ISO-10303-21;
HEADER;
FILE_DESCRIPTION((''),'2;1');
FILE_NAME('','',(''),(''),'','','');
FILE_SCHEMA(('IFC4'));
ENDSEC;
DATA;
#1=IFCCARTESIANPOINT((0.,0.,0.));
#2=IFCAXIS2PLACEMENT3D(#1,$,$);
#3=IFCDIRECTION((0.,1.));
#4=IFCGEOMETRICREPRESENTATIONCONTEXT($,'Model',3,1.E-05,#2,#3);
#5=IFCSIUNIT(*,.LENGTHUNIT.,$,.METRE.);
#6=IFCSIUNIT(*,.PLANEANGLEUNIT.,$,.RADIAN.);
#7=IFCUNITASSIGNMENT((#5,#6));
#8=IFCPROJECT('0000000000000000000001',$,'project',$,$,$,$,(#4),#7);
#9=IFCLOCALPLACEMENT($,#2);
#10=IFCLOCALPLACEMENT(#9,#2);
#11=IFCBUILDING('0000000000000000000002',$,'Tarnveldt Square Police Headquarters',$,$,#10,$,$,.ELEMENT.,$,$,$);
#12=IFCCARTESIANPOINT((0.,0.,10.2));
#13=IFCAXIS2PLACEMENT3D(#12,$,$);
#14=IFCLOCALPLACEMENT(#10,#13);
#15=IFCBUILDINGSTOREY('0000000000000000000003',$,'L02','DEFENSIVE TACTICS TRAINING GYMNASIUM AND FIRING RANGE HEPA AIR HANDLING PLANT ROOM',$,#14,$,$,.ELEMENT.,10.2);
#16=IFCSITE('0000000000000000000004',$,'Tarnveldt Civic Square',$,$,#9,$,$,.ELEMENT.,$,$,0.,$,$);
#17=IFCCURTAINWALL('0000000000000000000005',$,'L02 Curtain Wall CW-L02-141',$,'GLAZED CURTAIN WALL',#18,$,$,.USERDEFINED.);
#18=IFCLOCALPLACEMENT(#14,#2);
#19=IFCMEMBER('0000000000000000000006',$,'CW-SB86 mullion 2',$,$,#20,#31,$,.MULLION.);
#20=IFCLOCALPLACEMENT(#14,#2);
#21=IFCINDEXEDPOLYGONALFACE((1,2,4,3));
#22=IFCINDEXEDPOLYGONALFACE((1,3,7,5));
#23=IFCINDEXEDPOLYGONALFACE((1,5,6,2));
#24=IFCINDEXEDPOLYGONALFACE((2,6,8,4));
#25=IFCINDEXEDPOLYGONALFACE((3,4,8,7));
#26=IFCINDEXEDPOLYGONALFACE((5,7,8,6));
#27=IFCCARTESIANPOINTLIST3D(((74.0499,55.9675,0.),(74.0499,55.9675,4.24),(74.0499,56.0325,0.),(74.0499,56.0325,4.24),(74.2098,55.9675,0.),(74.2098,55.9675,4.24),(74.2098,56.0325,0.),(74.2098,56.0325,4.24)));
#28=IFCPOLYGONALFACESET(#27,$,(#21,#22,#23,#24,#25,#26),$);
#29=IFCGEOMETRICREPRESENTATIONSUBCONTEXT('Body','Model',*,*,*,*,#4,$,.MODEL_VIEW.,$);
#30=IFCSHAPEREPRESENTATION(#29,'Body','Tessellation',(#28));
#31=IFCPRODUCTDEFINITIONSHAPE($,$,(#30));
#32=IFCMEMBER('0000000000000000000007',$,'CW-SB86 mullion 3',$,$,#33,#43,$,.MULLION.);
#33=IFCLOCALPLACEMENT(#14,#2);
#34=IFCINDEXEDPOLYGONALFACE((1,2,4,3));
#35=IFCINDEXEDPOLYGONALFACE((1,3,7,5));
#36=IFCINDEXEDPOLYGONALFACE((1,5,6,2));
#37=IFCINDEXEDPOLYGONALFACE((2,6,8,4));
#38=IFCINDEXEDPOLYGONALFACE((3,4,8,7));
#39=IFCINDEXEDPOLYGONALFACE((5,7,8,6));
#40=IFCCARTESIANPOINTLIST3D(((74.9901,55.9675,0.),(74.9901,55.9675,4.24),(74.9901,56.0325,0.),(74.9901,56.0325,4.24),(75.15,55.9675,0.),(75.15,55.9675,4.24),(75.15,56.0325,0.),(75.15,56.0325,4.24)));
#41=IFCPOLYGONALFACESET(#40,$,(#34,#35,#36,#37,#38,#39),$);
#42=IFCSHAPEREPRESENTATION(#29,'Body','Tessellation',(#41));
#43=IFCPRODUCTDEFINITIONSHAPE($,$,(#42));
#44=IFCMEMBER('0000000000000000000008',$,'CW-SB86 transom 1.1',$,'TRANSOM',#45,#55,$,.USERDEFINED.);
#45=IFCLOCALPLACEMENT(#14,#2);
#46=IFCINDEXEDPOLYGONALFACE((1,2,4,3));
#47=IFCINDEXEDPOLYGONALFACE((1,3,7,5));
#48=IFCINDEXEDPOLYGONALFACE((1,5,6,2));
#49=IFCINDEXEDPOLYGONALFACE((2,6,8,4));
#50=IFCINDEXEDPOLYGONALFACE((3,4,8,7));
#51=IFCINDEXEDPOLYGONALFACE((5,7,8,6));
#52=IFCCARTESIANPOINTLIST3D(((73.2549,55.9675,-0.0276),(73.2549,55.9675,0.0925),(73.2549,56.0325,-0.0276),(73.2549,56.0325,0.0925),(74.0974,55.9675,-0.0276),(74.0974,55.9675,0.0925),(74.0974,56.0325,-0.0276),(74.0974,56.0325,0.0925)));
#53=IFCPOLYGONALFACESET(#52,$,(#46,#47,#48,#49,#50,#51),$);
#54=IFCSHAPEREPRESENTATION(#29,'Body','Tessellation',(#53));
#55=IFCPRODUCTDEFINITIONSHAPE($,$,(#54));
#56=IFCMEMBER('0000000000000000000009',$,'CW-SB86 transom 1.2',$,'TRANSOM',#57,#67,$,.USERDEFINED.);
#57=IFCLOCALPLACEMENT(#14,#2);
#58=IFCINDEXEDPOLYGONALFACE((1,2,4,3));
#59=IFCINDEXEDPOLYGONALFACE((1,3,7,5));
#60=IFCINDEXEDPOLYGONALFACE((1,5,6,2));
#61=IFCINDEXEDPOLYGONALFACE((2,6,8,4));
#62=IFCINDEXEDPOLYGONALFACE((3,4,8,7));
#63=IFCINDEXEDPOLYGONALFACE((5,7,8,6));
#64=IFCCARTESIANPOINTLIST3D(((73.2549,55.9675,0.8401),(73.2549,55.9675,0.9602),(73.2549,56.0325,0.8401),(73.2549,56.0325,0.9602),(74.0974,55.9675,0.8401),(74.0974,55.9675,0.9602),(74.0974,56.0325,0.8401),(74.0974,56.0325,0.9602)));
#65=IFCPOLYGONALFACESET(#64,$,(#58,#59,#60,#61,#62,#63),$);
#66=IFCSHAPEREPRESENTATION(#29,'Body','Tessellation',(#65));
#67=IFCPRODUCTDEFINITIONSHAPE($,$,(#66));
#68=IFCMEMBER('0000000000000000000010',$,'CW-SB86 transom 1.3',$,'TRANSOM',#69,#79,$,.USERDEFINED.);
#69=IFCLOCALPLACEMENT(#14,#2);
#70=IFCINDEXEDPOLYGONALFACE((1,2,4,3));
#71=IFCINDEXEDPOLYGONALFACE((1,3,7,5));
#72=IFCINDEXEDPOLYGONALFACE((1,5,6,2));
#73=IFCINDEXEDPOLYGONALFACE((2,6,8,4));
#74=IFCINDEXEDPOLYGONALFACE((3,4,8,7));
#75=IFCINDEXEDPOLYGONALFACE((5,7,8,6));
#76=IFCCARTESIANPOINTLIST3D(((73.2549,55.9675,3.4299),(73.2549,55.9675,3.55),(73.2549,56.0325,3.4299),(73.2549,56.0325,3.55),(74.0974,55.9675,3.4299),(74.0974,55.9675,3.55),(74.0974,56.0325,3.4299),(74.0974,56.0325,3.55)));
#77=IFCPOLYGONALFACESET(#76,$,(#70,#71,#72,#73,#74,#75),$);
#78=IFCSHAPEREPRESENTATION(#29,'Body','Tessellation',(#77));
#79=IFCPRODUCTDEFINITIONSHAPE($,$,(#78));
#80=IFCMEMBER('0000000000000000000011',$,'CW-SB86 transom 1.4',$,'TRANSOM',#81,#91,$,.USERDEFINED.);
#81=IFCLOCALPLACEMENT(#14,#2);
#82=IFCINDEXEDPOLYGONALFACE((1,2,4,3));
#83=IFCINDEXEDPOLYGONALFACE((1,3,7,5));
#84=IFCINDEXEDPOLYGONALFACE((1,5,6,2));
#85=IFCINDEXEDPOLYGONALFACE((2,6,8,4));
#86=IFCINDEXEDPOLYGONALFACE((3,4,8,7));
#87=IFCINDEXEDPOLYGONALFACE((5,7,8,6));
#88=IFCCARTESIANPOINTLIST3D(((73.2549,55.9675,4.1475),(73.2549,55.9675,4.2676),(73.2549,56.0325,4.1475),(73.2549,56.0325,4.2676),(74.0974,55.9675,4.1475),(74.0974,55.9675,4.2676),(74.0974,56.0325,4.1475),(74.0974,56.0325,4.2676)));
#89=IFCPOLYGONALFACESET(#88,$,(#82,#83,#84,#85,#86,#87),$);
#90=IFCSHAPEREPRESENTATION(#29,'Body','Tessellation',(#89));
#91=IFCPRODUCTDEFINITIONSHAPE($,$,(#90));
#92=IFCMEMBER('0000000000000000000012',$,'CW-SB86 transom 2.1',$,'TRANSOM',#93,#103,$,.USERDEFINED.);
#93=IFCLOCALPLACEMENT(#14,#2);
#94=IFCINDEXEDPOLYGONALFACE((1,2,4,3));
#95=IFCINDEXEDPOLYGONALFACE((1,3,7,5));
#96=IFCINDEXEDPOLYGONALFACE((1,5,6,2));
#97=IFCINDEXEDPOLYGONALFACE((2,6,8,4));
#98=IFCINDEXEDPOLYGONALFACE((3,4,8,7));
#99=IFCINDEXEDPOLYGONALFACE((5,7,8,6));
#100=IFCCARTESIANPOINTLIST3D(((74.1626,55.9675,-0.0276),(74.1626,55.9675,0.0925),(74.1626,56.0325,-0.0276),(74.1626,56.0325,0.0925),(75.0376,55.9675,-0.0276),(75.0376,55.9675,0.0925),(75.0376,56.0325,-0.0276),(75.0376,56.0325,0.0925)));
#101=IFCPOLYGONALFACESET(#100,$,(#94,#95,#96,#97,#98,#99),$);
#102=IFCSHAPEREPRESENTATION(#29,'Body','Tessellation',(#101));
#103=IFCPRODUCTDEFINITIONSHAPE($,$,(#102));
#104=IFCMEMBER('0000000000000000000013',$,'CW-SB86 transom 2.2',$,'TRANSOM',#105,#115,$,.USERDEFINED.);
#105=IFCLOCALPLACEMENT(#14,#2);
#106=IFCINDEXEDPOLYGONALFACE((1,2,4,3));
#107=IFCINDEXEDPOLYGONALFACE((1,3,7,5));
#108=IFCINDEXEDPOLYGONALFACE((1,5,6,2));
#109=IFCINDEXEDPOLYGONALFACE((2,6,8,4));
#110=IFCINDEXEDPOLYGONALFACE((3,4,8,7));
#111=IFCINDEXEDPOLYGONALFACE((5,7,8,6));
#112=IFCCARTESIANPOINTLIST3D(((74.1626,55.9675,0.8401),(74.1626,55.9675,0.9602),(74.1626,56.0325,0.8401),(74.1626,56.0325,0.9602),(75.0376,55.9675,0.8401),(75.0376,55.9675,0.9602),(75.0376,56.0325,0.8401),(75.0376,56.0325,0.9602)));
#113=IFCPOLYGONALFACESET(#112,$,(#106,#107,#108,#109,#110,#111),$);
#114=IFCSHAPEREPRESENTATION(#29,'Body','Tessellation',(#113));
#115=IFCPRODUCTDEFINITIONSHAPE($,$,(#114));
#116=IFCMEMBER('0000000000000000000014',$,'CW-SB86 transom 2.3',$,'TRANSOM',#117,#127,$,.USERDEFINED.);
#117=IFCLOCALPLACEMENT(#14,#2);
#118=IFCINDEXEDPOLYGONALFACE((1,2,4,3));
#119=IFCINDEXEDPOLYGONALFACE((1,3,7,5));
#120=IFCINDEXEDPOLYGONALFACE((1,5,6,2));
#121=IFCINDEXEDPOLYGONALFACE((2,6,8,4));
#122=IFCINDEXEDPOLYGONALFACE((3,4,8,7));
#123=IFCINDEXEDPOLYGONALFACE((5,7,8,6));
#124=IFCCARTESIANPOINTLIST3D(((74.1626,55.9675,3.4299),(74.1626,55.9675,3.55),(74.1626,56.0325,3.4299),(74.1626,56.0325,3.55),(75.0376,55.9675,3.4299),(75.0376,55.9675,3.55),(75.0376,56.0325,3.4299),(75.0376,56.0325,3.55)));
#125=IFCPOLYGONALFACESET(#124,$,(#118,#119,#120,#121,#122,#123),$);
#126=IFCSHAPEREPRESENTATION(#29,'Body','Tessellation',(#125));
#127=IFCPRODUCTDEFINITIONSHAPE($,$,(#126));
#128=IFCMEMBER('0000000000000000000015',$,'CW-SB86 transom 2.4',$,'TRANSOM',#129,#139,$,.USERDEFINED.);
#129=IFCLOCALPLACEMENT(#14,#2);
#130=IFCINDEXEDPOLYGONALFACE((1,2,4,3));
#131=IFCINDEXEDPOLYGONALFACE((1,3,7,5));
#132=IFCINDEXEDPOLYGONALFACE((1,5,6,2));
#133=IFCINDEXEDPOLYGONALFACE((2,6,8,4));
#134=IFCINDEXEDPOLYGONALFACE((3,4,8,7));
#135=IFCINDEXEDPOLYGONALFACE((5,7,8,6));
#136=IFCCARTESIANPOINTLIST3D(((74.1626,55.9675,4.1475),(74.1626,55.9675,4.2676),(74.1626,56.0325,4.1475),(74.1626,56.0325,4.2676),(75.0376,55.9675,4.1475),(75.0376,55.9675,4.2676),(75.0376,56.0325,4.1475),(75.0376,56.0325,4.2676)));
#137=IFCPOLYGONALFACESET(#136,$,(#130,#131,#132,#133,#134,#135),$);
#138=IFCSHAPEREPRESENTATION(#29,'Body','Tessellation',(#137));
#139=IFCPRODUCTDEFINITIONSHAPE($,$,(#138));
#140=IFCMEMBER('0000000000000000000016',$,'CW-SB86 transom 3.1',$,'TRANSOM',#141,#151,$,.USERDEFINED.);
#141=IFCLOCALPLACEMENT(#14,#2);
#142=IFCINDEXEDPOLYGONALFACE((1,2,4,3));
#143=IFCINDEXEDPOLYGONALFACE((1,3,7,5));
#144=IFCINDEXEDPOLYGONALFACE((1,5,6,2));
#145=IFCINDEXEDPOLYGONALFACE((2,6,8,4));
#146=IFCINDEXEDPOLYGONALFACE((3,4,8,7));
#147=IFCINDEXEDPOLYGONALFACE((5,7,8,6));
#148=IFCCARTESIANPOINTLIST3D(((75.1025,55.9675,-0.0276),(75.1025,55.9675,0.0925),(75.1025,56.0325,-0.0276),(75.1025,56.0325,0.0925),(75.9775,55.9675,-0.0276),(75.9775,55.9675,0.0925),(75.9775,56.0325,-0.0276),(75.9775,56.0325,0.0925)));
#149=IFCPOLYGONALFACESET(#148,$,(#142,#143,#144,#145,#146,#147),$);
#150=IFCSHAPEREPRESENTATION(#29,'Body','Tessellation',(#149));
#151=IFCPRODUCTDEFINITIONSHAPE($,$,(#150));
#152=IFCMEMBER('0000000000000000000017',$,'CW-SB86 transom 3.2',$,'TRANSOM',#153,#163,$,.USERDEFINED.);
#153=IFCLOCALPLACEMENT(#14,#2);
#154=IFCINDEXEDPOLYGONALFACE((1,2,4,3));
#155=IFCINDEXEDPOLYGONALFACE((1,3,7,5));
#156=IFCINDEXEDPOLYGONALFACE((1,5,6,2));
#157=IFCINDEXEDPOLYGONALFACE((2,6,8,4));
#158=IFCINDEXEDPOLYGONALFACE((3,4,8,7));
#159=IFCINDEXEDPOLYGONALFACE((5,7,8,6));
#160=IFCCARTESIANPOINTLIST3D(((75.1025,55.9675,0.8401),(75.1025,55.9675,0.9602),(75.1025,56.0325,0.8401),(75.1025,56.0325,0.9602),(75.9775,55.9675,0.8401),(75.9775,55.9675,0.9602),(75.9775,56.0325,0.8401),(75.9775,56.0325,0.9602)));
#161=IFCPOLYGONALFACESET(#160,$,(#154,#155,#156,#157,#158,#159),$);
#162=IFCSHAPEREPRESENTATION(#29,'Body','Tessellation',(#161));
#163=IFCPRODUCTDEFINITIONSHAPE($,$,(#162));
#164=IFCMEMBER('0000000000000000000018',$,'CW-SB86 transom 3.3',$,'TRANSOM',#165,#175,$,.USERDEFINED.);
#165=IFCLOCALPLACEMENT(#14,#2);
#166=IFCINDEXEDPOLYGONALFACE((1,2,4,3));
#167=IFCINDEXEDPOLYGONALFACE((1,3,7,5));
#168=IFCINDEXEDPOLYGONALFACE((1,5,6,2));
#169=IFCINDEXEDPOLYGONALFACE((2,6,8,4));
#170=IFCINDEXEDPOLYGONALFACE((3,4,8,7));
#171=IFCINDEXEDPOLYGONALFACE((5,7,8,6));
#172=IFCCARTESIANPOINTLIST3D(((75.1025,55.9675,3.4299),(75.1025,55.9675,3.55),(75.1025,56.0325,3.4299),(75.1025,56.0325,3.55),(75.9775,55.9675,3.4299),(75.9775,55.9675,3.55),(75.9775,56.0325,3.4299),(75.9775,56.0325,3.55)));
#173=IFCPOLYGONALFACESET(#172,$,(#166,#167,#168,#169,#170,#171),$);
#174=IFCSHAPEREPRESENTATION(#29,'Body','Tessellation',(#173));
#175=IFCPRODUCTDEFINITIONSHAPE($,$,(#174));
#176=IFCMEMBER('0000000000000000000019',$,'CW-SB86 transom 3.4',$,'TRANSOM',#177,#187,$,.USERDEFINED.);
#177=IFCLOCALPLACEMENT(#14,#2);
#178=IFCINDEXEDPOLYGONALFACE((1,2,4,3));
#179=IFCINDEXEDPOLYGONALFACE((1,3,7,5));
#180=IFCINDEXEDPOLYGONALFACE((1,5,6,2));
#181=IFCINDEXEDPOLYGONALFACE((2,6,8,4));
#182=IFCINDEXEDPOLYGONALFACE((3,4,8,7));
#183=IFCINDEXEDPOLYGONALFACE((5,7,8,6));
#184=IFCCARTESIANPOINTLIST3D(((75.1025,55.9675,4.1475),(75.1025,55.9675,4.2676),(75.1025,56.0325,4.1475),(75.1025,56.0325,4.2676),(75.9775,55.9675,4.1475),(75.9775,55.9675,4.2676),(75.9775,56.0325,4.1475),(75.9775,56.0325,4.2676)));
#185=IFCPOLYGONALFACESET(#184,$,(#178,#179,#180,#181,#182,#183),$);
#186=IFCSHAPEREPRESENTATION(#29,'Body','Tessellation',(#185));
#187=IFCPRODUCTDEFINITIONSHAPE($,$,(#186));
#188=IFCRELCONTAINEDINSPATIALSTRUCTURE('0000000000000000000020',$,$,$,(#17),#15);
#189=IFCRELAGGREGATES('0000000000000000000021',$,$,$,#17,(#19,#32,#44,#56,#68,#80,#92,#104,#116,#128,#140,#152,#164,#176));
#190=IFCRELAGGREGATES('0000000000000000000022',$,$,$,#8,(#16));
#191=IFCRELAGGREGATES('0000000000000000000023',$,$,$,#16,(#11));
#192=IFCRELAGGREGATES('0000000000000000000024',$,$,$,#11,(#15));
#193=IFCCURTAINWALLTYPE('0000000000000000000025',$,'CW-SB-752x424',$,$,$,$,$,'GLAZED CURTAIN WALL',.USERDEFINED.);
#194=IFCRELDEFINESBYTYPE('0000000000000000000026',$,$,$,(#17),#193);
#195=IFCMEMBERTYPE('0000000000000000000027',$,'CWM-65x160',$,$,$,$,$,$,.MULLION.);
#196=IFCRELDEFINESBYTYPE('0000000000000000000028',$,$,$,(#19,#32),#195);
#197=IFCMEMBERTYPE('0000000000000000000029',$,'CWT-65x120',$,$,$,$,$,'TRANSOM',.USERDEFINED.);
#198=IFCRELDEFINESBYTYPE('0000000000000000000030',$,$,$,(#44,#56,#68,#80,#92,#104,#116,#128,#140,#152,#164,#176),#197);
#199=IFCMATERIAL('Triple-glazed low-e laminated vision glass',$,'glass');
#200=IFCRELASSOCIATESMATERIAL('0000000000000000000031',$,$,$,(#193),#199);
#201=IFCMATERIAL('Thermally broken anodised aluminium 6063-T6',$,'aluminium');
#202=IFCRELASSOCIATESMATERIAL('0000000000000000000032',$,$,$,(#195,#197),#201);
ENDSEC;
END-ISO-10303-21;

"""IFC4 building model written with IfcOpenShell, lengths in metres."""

from ifc_helpers import new_model, si_unit, direction, frame, origin, origin_2d, place, context, subcontext, project, spatial, rectangle, extrude, material, material_profile, profile_set, type_object, element, aggregate, save


model = new_model("IFC4")

# Units and contexts
model_context = context("Model", 3, precision=1e-05, world=origin(), true_north=direction((0.0, 1.0)))
body_context = subcontext(model_context, "Body", "Model", "MODEL_VIEW")
ifc_project = project(units=[si_unit("LENGTHUNIT", "METRE"), si_unit("PLANEANGLEUNIT", "RADIAN")], contexts=[model_context])

# Site, building, storey
site_placement = place(None, origin())
site = spatial("IfcSite", under=ifc_project, at=site_placement, Name="Tarnveldt Civic Square", CompositionType="ELEMENT", RefElevation=0.0)
building_placement = place(site_placement, origin())
building = spatial("IfcBuilding", under=site, at=building_placement, Name="Tarnveldt Square Police Headquarters", CompositionType="ELEMENT")
storey_placement = place(building_placement, frame((0.0, 0.0, 10.2)))
storey = spatial("IfcBuildingStorey", under=building, at=storey_placement, Name="L02", Description="DEFENSIVE TACTICS TRAINING GYMNASIUM AND FIRING RANGE HEPA AIR HANDLING PLANT ROOM", CompositionType="ELEMENT", Elevation=10.2)

# Curtain wall, members
ifc_material_1 = material(Name="Triple-glazed low-e laminated vision glass", Category="glass")
curtain_wall_type = type_object("IfcCurtainWallType", Name="CW-SB-752x424", ElementType="GLAZED CURTAIN WALL", PredefinedType="USERDEFINED", material=ifc_material_1)
curtain_wall_placement = place(storey_placement, origin())
curtain_wall = element("IfcCurtainWall", 1, at=curtain_wall_placement, inside=storey, type_object=curtain_wall_type, Name="L02 Curtain Wall CW-L02-141", ObjectType="GLAZED CURTAIN WALL", PredefinedType="USERDEFINED")
ifc_material_2 = material(Name="Thermally broken anodised aluminium 6063-T6", Category="aluminium")
ifc_material_profile_1 = material_profile(ifc_material_2, rectangle(XDim=0.0649, YDim=0.1599, at=origin_2d()), Name="CW-M65x160")
ifc_profile_set_1 = profile_set([ifc_material_profile_1], Name="Thermally broken anodised aluminium 6063-T6")
member_type_1 = type_object("IfcMemberType", Name="CWM-65x160", PredefinedType="MULLION", material=ifc_profile_set_1)
member_1_placement = place(storey_placement, frame((74.1299, 56.0, 0.0), z_axis=(0.0, 0.0, 1.0), x_axis=(0.0, 1.0, 0.0)))
member_1 = element("IfcMember", 2, at=member_1_placement, type_object=member_type_1, Name="CW-SB86 mullion 2", PredefinedType="MULLION", context=body_context, shape_type="SweptSolid", body=[
    extrude(rectangle(XDim=0.0649, YDim=0.1599, at=origin_2d()), origin(), (0.0, 0.0, 1.0), 4.24),
])
member_2_placement = place(storey_placement, frame((75.0701, 56.0, 0.0), z_axis=(0.0, 0.0, 1.0), x_axis=(0.0, 1.0, 0.0)))
member_2 = element("IfcMember", 3, at=member_2_placement, type_object=member_type_1, Name="CW-SB86 mullion 3", PredefinedType="MULLION", context=body_context, shape_type="SweptSolid", body=[
    extrude(rectangle(XDim=0.0649, YDim=0.1599, at=origin_2d()), origin(), (0.0, 0.0, 1.0), 4.24),
])
ifc_material_profile_2 = material_profile(ifc_material_2, rectangle(XDim=0.0649, YDim=0.1201, at=origin_2d()), Name="CW-T65x120")
ifc_profile_set_2 = profile_set([ifc_material_profile_2], Name="Thermally broken anodised aluminium 6063-T6")
member_type_2 = type_object("IfcMemberType", Name="CWT-65x120", ElementType="TRANSOM", PredefinedType="USERDEFINED", material=ifc_profile_set_2)
member_3_placement = place(storey_placement, frame((73.2549, 56.0, 0.0325), z_axis=(1.0, 0.0, 0.0), x_axis=(0.0, 1.0, 0.0)))
member_3 = element("IfcMember", 4, at=member_3_placement, type_object=member_type_2, Name="CW-SB86 transom 1.1", ObjectType="TRANSOM", PredefinedType="USERDEFINED", context=body_context, shape_type="SweptSolid", body=[
    extrude(rectangle(XDim=0.0649, YDim=0.1201, at=origin_2d()), origin(), (0.0, 0.0, 1.0), 0.8425),
])
member_4_placement = place(storey_placement, frame((73.2549, 56.0, 0.9001), z_axis=(1.0, 0.0, 0.0), x_axis=(0.0, 1.0, 0.0)))
member_4 = element("IfcMember", 5, at=member_4_placement, type_object=member_type_2, Name="CW-SB86 transom 1.2", ObjectType="TRANSOM", PredefinedType="USERDEFINED", context=body_context, shape_type="SweptSolid", body=[
    extrude(rectangle(XDim=0.0649, YDim=0.1201, at=origin_2d()), origin(), (0.0, 0.0, 1.0), 0.8425),
])
member_5_placement = place(storey_placement, frame((73.2549, 56.0, 3.49), z_axis=(1.0, 0.0, 0.0), x_axis=(0.0, 1.0, 0.0)))
member_5 = element("IfcMember", 6, at=member_5_placement, type_object=member_type_2, Name="CW-SB86 transom 1.3", ObjectType="TRANSOM", PredefinedType="USERDEFINED", context=body_context, shape_type="SweptSolid", body=[
    extrude(rectangle(XDim=0.0649, YDim=0.1201, at=origin_2d()), origin(), (0.0, 0.0, 1.0), 0.8425),
])
member_6_placement = place(storey_placement, frame((73.2549, 56.0, 4.2075), z_axis=(1.0, 0.0, 0.0), x_axis=(0.0, 1.0, 0.0)))
member_6 = element("IfcMember", 7, at=member_6_placement, type_object=member_type_2, Name="CW-SB86 transom 1.4", ObjectType="TRANSOM", PredefinedType="USERDEFINED", context=body_context, shape_type="SweptSolid", body=[
    extrude(rectangle(XDim=0.0649, YDim=0.1201, at=origin_2d()), origin(), (0.0, 0.0, 1.0), 0.8425),
])
member_7_placement = place(storey_placement, frame((74.1626, 56.0, 0.0325), z_axis=(1.0, 0.0, 0.0), x_axis=(0.0, 1.0, 0.0)))
member_7 = element("IfcMember", 8, at=member_7_placement, type_object=member_type_2, Name="CW-SB86 transom 2.1", ObjectType="TRANSOM", PredefinedType="USERDEFINED", context=body_context, shape_type="SweptSolid", body=[
    extrude(rectangle(XDim=0.0649, YDim=0.1201, at=origin_2d()), origin(), (0.0, 0.0, 1.0), 0.875),
])
member_8_placement = place(storey_placement, frame((74.1626, 56.0, 0.9001), z_axis=(1.0, 0.0, 0.0), x_axis=(0.0, 1.0, 0.0)))
member_8 = element("IfcMember", 9, at=member_8_placement, type_object=member_type_2, Name="CW-SB86 transom 2.2", ObjectType="TRANSOM", PredefinedType="USERDEFINED", context=body_context, shape_type="SweptSolid", body=[
    extrude(rectangle(XDim=0.0649, YDim=0.1201, at=origin_2d()), origin(), (0.0, 0.0, 1.0), 0.875),
])
member_9_placement = place(storey_placement, frame((74.1626, 56.0, 3.49), z_axis=(1.0, 0.0, 0.0), x_axis=(0.0, 1.0, 0.0)))
member_9 = element("IfcMember", 10, at=member_9_placement, type_object=member_type_2, Name="CW-SB86 transom 2.3", ObjectType="TRANSOM", PredefinedType="USERDEFINED", context=body_context, shape_type="SweptSolid", body=[
    extrude(rectangle(XDim=0.0649, YDim=0.1201, at=origin_2d()), origin(), (0.0, 0.0, 1.0), 0.875),
])
member_10_placement = place(storey_placement, frame((74.1626, 56.0, 4.2075), z_axis=(1.0, 0.0, 0.0), x_axis=(0.0, 1.0, 0.0)))
member_10 = element("IfcMember", 11, at=member_10_placement, type_object=member_type_2, Name="CW-SB86 transom 2.4", ObjectType="TRANSOM", PredefinedType="USERDEFINED", context=body_context, shape_type="SweptSolid", body=[
    extrude(rectangle(XDim=0.0649, YDim=0.1201, at=origin_2d()), origin(), (0.0, 0.0, 1.0), 0.875),
])
member_11_placement = place(storey_placement, frame((75.1025, 56.0, 0.0325), z_axis=(1.0, 0.0, 0.0), x_axis=(0.0, 1.0, 0.0)))
member_11 = element("IfcMember", 12, at=member_11_placement, type_object=member_type_2, Name="CW-SB86 transom 3.1", ObjectType="TRANSOM", PredefinedType="USERDEFINED", context=body_context, shape_type="SweptSolid", body=[
    extrude(rectangle(XDim=0.0649, YDim=0.1201, at=origin_2d()), origin(), (0.0, 0.0, 1.0), 0.875),
])
member_12_placement = place(storey_placement, frame((75.1025, 56.0, 0.9001), z_axis=(1.0, 0.0, 0.0), x_axis=(0.0, 1.0, 0.0)))
member_12 = element("IfcMember", 13, at=member_12_placement, type_object=member_type_2, Name="CW-SB86 transom 3.2", ObjectType="TRANSOM", PredefinedType="USERDEFINED", context=body_context, shape_type="SweptSolid", body=[
    extrude(rectangle(XDim=0.0649, YDim=0.1201, at=origin_2d()), origin(), (0.0, 0.0, 1.0), 0.875),
])
member_13_placement = place(storey_placement, frame((75.1025, 56.0, 3.49), z_axis=(1.0, 0.0, 0.0), x_axis=(0.0, 1.0, 0.0)))
member_13 = element("IfcMember", 14, at=member_13_placement, type_object=member_type_2, Name="CW-SB86 transom 3.3", ObjectType="TRANSOM", PredefinedType="USERDEFINED", context=body_context, shape_type="SweptSolid", body=[
    extrude(rectangle(XDim=0.0649, YDim=0.1201, at=origin_2d()), origin(), (0.0, 0.0, 1.0), 0.875),
])
member_14_placement = place(storey_placement, frame((75.1025, 56.0, 4.2075), z_axis=(1.0, 0.0, 0.0), x_axis=(0.0, 1.0, 0.0)))
member_14 = element("IfcMember", 15, at=member_14_placement, type_object=member_type_2, Name="CW-SB86 transom 3.4", ObjectType="TRANSOM", PredefinedType="USERDEFINED", context=body_context, shape_type="SweptSolid", body=[
    extrude(rectangle(XDim=0.0649, YDim=0.1201, at=origin_2d()), origin(), (0.0, 0.0, 1.0), 0.875),
])
aggregate(curtain_wall, [member_1, member_2, member_3, member_4, member_5, member_6, member_7, member_8, member_9, member_10, member_11, member_12, member_13, member_14])

save(model, "model.ifc")
